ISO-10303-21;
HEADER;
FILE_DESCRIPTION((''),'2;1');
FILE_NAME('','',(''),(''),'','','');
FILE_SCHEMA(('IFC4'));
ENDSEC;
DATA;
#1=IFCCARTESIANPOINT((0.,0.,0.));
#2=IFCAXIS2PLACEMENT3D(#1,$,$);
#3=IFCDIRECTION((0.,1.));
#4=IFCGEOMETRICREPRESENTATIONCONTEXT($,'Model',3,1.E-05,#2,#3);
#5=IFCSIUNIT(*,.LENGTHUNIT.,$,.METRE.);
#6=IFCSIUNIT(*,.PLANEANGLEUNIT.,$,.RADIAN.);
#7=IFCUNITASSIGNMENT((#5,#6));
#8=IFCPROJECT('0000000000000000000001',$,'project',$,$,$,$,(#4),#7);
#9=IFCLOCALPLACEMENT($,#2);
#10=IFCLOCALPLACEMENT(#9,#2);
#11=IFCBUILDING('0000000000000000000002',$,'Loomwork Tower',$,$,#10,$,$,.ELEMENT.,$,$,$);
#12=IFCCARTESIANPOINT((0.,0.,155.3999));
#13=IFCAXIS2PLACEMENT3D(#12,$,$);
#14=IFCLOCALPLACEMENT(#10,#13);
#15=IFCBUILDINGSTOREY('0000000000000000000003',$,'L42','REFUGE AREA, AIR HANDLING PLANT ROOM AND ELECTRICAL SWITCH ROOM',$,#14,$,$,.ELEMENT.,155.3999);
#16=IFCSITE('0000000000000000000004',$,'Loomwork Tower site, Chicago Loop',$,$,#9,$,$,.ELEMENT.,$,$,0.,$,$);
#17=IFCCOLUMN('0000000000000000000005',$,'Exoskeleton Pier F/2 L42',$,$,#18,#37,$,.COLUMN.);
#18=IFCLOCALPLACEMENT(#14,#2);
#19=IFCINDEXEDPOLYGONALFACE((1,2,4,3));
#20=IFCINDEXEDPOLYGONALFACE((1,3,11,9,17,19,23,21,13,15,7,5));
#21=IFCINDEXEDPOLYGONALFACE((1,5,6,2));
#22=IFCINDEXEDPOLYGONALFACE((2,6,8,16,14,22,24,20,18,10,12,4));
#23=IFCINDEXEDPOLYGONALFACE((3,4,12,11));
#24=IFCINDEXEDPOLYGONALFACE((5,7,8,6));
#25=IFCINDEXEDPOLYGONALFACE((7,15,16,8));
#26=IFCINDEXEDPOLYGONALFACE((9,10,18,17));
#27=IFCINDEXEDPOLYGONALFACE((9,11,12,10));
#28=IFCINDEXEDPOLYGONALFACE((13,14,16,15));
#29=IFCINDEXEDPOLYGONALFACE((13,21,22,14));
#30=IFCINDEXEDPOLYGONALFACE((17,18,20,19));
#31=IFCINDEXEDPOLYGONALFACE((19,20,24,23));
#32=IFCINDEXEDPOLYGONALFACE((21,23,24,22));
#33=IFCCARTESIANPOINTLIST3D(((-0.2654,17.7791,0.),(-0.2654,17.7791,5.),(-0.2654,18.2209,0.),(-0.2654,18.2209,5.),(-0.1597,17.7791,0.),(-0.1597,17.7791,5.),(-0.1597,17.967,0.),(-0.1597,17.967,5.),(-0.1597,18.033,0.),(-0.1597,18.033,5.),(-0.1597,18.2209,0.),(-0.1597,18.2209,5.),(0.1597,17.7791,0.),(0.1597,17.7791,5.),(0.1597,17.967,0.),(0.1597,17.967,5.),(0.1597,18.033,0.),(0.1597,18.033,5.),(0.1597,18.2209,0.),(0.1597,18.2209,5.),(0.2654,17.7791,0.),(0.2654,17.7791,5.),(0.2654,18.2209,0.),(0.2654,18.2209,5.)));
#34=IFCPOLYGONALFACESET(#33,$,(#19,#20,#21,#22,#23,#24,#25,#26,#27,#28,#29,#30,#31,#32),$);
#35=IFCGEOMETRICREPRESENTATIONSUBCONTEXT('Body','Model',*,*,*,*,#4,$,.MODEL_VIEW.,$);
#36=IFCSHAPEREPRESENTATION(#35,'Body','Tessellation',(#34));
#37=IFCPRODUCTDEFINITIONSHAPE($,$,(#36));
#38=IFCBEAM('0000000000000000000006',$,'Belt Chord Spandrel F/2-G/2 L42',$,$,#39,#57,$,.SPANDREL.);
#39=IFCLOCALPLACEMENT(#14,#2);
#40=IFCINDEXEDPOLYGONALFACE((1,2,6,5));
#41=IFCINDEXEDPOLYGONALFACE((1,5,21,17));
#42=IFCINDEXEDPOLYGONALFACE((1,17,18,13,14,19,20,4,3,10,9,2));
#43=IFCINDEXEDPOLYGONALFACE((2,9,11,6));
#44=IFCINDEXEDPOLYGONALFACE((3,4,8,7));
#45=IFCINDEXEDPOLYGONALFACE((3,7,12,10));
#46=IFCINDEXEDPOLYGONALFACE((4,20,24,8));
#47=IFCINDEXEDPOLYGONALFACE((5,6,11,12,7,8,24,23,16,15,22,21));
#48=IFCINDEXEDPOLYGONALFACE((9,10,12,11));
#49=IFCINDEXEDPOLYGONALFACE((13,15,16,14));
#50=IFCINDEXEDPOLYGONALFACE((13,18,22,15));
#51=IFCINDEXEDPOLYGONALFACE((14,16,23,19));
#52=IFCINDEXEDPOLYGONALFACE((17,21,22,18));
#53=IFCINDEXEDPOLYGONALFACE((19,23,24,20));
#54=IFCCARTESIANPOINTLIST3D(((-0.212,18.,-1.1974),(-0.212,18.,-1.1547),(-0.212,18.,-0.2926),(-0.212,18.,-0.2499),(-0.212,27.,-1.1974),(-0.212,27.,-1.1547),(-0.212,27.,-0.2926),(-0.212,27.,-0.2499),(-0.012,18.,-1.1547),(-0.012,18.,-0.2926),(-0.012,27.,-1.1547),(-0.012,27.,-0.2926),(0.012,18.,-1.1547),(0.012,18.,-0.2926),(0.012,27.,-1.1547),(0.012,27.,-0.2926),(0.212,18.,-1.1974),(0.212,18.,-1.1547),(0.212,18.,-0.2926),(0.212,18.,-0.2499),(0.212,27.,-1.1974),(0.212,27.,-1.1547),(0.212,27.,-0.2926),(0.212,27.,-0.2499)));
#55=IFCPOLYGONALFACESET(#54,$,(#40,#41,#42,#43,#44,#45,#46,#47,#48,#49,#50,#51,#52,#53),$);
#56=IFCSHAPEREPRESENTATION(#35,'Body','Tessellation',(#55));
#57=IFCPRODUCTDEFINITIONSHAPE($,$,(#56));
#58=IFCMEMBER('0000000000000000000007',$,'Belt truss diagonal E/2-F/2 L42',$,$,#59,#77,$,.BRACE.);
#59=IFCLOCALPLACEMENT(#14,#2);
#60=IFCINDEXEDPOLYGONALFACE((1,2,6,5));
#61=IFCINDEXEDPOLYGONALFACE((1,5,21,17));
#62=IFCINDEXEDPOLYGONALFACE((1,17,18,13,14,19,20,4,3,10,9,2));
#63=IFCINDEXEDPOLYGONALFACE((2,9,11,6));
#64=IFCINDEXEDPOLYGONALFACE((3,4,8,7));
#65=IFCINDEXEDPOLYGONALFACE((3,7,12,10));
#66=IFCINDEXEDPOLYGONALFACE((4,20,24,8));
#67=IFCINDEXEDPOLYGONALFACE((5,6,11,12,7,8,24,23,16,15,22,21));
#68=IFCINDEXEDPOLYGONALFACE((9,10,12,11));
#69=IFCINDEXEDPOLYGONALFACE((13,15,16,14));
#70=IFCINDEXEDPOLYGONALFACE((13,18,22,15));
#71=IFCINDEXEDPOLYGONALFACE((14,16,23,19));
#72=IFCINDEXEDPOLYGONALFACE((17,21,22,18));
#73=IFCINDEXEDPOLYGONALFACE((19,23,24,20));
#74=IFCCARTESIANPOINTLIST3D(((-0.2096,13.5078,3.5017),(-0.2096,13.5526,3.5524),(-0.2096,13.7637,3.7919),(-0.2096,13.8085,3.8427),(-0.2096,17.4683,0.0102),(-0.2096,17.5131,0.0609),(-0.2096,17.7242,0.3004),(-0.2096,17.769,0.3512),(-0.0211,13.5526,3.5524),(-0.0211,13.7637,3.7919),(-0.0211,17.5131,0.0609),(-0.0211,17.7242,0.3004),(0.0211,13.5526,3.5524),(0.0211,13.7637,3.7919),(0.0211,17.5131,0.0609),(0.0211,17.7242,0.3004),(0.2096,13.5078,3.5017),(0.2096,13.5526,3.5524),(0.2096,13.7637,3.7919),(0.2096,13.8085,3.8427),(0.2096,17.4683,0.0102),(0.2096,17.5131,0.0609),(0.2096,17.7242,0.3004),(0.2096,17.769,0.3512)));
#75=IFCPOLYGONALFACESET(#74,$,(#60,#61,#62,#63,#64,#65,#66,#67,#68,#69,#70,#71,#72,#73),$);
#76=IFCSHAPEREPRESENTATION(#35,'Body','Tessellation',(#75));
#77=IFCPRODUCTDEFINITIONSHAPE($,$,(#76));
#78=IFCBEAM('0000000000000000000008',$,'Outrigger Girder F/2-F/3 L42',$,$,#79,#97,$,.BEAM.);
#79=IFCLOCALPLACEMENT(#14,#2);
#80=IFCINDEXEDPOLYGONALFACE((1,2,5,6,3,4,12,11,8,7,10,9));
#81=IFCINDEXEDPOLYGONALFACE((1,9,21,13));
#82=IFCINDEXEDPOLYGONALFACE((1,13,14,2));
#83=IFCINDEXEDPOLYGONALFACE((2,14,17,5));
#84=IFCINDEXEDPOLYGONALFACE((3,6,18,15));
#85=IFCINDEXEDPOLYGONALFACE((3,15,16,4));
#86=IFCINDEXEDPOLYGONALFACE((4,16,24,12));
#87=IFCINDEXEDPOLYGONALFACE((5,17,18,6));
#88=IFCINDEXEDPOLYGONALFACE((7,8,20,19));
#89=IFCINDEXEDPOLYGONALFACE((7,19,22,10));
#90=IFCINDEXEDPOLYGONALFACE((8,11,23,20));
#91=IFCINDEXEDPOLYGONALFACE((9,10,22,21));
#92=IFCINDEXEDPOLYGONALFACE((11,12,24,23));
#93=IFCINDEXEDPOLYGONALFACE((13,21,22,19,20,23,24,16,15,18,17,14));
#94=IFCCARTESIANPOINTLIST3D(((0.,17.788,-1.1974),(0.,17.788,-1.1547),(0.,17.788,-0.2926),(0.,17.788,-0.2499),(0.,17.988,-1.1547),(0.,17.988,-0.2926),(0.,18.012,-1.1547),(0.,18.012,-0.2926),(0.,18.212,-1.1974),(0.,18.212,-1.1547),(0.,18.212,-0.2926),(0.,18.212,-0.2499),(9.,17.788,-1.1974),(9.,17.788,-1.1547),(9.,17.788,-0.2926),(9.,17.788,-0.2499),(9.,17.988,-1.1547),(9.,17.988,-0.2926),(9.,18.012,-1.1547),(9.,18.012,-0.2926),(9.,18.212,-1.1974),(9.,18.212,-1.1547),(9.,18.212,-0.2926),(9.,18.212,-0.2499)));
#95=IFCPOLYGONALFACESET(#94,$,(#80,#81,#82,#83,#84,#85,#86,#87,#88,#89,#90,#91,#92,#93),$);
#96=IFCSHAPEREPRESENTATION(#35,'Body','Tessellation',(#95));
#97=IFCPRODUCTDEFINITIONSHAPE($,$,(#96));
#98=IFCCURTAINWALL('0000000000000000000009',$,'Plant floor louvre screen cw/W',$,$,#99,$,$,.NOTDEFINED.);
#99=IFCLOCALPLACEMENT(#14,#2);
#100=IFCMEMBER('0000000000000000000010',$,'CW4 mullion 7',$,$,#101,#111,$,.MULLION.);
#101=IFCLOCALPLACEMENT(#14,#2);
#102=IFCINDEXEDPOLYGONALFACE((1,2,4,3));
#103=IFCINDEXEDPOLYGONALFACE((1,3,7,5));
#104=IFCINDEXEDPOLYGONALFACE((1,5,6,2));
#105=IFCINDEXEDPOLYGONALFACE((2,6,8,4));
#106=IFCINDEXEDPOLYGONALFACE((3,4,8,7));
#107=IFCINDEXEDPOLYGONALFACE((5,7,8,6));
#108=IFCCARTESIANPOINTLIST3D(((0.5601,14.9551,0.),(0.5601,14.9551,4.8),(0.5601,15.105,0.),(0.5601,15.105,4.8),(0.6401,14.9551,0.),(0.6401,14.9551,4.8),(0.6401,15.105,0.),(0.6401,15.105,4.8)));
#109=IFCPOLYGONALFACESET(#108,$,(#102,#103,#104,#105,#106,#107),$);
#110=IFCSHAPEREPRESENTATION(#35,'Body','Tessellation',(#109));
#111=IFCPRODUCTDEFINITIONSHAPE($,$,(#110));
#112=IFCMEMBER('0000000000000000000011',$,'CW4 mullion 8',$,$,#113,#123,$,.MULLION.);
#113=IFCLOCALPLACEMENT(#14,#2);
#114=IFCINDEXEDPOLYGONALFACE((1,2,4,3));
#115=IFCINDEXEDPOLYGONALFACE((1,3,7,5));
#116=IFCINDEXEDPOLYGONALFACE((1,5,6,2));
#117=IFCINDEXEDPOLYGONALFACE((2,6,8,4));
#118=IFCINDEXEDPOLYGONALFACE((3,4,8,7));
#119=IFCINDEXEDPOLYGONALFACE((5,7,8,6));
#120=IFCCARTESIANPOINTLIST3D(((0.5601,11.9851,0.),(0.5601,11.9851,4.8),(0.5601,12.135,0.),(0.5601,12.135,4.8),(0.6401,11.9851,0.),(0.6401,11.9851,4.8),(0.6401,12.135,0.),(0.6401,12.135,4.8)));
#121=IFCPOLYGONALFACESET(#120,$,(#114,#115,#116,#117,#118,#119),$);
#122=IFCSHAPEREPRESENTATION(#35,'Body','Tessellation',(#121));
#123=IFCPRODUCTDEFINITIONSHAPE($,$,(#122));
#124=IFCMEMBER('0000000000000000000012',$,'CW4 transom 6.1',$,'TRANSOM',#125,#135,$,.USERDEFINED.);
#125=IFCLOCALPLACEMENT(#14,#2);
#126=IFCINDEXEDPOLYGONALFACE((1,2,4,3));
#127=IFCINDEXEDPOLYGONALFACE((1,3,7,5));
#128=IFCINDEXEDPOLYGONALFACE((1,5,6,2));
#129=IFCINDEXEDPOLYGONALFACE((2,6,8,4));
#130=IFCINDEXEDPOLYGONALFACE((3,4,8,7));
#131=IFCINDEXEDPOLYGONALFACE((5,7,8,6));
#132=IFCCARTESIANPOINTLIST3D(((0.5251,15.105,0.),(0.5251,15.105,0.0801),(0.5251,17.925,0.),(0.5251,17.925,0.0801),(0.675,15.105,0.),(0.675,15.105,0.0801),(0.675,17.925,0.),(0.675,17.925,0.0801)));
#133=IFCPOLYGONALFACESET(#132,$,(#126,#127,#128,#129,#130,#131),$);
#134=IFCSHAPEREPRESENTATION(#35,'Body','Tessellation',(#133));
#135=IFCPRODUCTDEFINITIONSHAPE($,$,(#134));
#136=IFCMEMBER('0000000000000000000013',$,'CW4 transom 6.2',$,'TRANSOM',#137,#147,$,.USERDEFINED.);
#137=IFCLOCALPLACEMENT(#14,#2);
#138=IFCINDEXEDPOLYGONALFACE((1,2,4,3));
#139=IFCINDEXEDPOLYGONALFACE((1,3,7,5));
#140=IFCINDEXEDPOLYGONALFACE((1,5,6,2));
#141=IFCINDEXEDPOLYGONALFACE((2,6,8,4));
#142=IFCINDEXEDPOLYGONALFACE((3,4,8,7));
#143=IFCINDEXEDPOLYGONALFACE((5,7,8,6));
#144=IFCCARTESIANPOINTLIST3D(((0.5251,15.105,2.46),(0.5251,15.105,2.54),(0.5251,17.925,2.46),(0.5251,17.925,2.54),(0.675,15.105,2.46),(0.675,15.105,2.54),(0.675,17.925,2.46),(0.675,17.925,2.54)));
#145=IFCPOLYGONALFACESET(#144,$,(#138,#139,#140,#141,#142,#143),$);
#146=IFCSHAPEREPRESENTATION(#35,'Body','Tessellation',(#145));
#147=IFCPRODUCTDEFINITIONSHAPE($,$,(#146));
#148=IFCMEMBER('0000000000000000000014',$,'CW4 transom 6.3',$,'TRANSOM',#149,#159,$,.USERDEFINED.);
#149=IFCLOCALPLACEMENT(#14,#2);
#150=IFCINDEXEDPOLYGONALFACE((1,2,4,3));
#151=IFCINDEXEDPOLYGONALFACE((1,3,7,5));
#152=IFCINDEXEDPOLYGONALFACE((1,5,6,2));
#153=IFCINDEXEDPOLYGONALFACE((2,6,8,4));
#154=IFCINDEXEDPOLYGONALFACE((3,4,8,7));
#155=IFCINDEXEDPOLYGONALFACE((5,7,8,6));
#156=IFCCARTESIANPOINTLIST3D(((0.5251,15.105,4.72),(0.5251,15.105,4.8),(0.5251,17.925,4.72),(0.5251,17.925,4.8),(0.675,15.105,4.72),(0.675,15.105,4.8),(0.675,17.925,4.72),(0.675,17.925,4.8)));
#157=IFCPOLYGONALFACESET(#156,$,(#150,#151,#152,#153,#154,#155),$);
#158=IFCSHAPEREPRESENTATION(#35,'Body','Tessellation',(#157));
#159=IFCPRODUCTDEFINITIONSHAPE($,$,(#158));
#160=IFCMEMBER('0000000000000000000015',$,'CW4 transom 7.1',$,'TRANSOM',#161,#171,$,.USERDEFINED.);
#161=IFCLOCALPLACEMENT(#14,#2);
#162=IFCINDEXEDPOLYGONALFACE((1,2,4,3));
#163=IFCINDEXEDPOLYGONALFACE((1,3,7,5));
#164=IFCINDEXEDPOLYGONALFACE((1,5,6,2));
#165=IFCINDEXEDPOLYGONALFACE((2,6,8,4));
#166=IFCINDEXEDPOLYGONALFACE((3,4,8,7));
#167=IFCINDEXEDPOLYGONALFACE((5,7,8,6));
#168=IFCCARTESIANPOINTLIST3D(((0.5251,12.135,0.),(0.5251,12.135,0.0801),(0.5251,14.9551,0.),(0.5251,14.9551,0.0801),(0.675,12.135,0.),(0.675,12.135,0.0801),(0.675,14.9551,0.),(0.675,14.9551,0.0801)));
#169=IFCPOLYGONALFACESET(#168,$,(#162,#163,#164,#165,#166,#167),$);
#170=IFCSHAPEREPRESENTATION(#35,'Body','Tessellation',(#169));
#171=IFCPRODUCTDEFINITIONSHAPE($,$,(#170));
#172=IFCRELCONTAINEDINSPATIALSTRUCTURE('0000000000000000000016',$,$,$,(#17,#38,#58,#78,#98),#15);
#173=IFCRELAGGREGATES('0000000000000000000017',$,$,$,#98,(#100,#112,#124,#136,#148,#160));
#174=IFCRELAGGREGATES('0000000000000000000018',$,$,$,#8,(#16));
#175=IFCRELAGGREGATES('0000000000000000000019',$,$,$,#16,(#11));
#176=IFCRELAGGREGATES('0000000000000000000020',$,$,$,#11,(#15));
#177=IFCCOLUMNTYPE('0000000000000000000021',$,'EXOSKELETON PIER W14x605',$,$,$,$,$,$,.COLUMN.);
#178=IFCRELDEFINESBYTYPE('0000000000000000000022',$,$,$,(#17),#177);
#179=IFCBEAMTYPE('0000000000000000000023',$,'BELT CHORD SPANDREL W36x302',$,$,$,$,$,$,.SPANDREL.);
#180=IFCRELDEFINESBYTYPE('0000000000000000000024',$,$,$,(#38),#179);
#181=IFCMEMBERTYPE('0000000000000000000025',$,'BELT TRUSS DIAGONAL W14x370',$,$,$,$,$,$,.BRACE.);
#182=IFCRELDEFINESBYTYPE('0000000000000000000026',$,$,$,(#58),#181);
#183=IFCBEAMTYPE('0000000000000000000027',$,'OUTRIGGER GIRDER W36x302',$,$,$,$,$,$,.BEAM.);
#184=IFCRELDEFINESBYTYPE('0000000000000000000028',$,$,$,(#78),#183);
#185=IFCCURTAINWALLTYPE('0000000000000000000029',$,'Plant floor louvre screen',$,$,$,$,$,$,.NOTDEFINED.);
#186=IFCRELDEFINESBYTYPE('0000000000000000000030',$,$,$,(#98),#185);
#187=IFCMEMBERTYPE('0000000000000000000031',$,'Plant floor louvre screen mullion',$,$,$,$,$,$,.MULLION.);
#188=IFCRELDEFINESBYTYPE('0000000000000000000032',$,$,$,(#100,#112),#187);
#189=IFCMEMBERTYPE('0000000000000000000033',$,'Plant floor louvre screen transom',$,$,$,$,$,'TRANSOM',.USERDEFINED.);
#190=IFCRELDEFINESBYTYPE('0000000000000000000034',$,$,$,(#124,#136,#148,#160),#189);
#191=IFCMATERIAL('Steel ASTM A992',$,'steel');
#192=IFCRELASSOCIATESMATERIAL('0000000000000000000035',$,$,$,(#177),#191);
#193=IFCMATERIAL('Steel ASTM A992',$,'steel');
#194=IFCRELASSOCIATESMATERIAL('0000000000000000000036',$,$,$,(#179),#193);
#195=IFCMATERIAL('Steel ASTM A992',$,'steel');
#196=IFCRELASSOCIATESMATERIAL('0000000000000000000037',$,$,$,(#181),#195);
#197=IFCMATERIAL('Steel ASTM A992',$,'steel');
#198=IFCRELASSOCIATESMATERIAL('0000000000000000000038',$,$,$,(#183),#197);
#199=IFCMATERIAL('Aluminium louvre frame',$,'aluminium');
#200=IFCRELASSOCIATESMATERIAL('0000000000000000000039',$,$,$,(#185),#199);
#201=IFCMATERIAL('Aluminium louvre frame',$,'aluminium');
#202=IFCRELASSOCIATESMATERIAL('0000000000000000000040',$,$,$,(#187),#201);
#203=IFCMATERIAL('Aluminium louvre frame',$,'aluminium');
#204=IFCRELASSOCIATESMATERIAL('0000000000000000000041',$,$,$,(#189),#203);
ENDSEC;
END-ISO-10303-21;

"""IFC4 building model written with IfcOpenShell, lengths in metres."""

from ifc_helpers import new_model, si_unit, direction, frame, origin, origin_2d, place, context, subcontext, project, spatial, rectangle, i_section, extrude, material, material_profile, profile_set, type_object, element, aggregate, save


model = new_model("IFC4")

# Units and contexts
model_context = context("Model", 3, precision=1e-05, world=origin(), true_north=direction((0.0, 1.0)))
body_context = subcontext(model_context, "Body", "Model", "MODEL_VIEW")
ifc_project = project(units=[si_unit("LENGTHUNIT", "METRE"), si_unit("PLANEANGLEUNIT", "RADIAN")], contexts=[model_context])

# Site, building, storey
site_placement = place(None, origin())
site = spatial("IfcSite", under=ifc_project, at=site_placement, Name="Loomwork Tower site, Chicago Loop", CompositionType="ELEMENT", RefElevation=0.0)
building_placement = place(site_placement, origin())
building = spatial("IfcBuilding", under=site, at=building_placement, Name="Loomwork Tower", CompositionType="ELEMENT")
storey_placement = place(building_placement, frame((0.0, 0.0, 155.3999)))
storey = spatial("IfcBuildingStorey", under=building, at=storey_placement, Name="L42", Description="REFUGE AREA, AIR HANDLING PLANT ROOM AND ELECTRICAL SWITCH ROOM", CompositionType="ELEMENT", Elevation=155.3999)

# Column
ifc_material_1 = material(Name="Steel ASTM A992", Category="steel")
ifc_material_profile_1 = material_profile(ifc_material_1, i_section(OverallWidth=0.4419, OverallDepth=0.5308, WebThickness=0.0659, FlangeThickness=0.1057, at=origin_2d()), Name="W14x605")
ifc_profile_set_1 = profile_set([ifc_material_profile_1], Name="Steel ASTM A992")
column_type = type_object("IfcColumnType", Name="EXOSKELETON PIER W14x605", PredefinedType="COLUMN", material=ifc_profile_set_1)
column_placement = place(storey_placement, frame((0.0, 18.0, 0.0), z_axis=(0.0, 0.0, 1.0), x_axis=(0.0, 1.0, 0.0)))
element("IfcColumn", 1, at=column_placement, inside=storey, type_object=column_type, Name="Exoskeleton Pier F/2 L42", PredefinedType="COLUMN", context=body_context, shape_type="SweptSolid", body=[
    extrude(i_section(OverallWidth=0.4419, OverallDepth=0.5308, WebThickness=0.0659, FlangeThickness=0.1057, at=origin_2d()), origin(), (0.0, 0.0, 1.0), 5.0),
])

# Beam
ifc_material_2 = material(Name="Steel ASTM A992", Category="steel")
ifc_material_profile_2 = material_profile(ifc_material_2, i_section(OverallWidth=0.4241, OverallDepth=0.9475, WebThickness=0.0239, FlangeThickness=0.0427, at=origin_2d()), Name="W36x302")
ifc_profile_set_2 = profile_set([ifc_material_profile_2], Name="Steel ASTM A992")
beam_type_1 = type_object("IfcBeamType", Name="BELT CHORD SPANDREL W36x302", PredefinedType="SPANDREL", material=ifc_profile_set_2)
beam_1_placement = place(storey_placement, frame((0.0, 18.0, -0.7236), z_axis=(0.0, 1.0, 0.0), x_axis=(-1.0, 0.0, 0.0)))
element("IfcBeam", 2, at=beam_1_placement, inside=storey, type_object=beam_type_1, Name="Belt Chord Spandrel F/2-G/2 L42", PredefinedType="SPANDREL", context=body_context, shape_type="SweptSolid", body=[
    extrude(i_section(OverallWidth=0.4241, OverallDepth=0.9475, WebThickness=0.0239, FlangeThickness=0.0427, at=origin_2d()), origin(), (0.0, 0.0, 1.0), 9.0),
])

# Member
ifc_material_3 = material(Name="Steel ASTM A992", Category="steel")
ifc_material_profile_3 = material_profile(ifc_material_3, i_section(OverallWidth=0.4192, OverallDepth=0.4546, WebThickness=0.0422, FlangeThickness=0.0676, at=origin_2d()), Name="W14x370")
ifc_profile_set_3 = profile_set([ifc_material_profile_3], Name="Steel ASTM A992")
member_type_1 = type_object("IfcMemberType", Name="BELT TRUSS DIAGONAL W14x370", PredefinedType="BRACE", material=ifc_profile_set_3)
member_1_placement = place(storey_placement, frame((0.0, 17.6187, 0.1807), z_axis=(0.0, -0.750125, 0.661296), x_axis=(1.0, 0.0, 0.0)))
element("IfcMember", 3, at=member_1_placement, inside=storey, type_object=member_type_1, Name="Belt truss diagonal E/2-F/2 L42", PredefinedType="BRACE", context=body_context, shape_type="SweptSolid", body=[
    extrude(i_section(OverallWidth=0.4192, OverallDepth=0.4546, WebThickness=0.0422, FlangeThickness=0.0676, at=origin_2d()), origin(), (0.0, 0.0, 1.0), 5.2798),
])

# Beam
ifc_material_4 = material(Name="Steel ASTM A992", Category="steel")
ifc_material_profile_4 = material_profile(ifc_material_4, i_section(OverallWidth=0.4241, OverallDepth=0.9475, WebThickness=0.0239, FlangeThickness=0.0427, at=origin_2d()), Name="W36x302")
ifc_profile_set_4 = profile_set([ifc_material_profile_4], Name="Steel ASTM A992")
beam_type_2 = type_object("IfcBeamType", Name="OUTRIGGER GIRDER W36x302", PredefinedType="BEAM", material=ifc_profile_set_4)
beam_2_placement = place(storey_placement, frame((0.0, 18.0, -0.7236), z_axis=(1.0, 0.0, 0.0), x_axis=(0.0, 1.0, 0.0)))
element("IfcBeam", 4, at=beam_2_placement, inside=storey, type_object=beam_type_2, Name="Outrigger Girder F/2-F/3 L42", PredefinedType="BEAM", context=body_context, shape_type="SweptSolid", body=[
    extrude(i_section(OverallWidth=0.4241, OverallDepth=0.9475, WebThickness=0.0239, FlangeThickness=0.0427, at=origin_2d()), origin(), (0.0, 0.0, 1.0), 9.0),
])

# Curtain wall, members
ifc_material_5 = material(Name="Aluminium louvre frame", Category="aluminium")
curtain_wall_type = type_object("IfcCurtainWallType", Name="Plant floor louvre screen", PredefinedType="NOTDEFINED", material=ifc_material_5)
curtain_wall_placement = place(storey_placement, origin())
curtain_wall = element("IfcCurtainWall", 5, at=curtain_wall_placement, inside=storey, type_object=curtain_wall_type, Name="Plant floor louvre screen cw/W", PredefinedType="NOTDEFINED")
ifc_material_6 = material(Name="Aluminium louvre frame", Category="aluminium")
ifc_material_profile_5 = material_profile(ifc_material_6, rectangle(XDim=0.0801, YDim=0.1499, at=origin_2d()), Name="AL 80x150")
ifc_profile_set_5 = profile_set([ifc_material_profile_5], Name="Aluminium louvre frame")
member_type_2 = type_object("IfcMemberType", Name="Plant floor louvre screen mullion", PredefinedType="MULLION", material=ifc_profile_set_5)
member_2_placement = place(storey_placement, frame((0.6001, 15.03, 0.0), z_axis=(0.0, 0.0, 1.0), x_axis=(1.0, 0.0, 0.0)))
member_2 = element("IfcMember", 6, at=member_2_placement, type_object=member_type_2, Name="CW4 mullion 7", PredefinedType="MULLION", context=body_context, shape_type="SweptSolid", body=[
    extrude(rectangle(XDim=0.0801, YDim=0.1499, at=origin_2d()), origin(), (0.0, 0.0, 1.0), 4.8),
])
member_3_placement = place(storey_placement, frame((0.6001, 12.0601, 0.0), z_axis=(0.0, 0.0, 1.0), x_axis=(1.0, 0.0, 0.0)))
member_3 = element("IfcMember", 7, at=member_3_placement, type_object=member_type_2, Name="CW4 mullion 8", PredefinedType="MULLION", context=body_context, shape_type="SweptSolid", body=[
    extrude(rectangle(XDim=0.0801, YDim=0.1499, at=origin_2d()), origin(), (0.0, 0.0, 1.0), 4.8),
])
ifc_material_7 = material(Name="Aluminium louvre frame", Category="aluminium")
ifc_material_profile_6 = material_profile(ifc_material_7, rectangle(XDim=0.1499, YDim=0.0801, at=origin_2d()), Name="AL 80x150")
ifc_profile_set_6 = profile_set([ifc_material_profile_6], Name="Aluminium louvre frame")
member_type_3 = type_object("IfcMemberType", Name="Plant floor louvre screen transom", ElementType="TRANSOM", PredefinedType="USERDEFINED", material=ifc_profile_set_6)
member_4_placement = place(storey_placement, frame((0.6001, 17.925, 0.04), z_axis=(0.0, -1.0, 0.0), x_axis=(1.0, 0.0, 0.0)))
member_4 = element("IfcMember", 8, at=member_4_placement, type_object=member_type_3, Name="CW4 transom 6.1", ObjectType="TRANSOM", PredefinedType="USERDEFINED", context=body_context, shape_type="SweptSolid", body=[
    extrude(rectangle(XDim=0.1499, YDim=0.0801, at=origin_2d()), origin(), (0.0, 0.0, 1.0), 2.8201),
])
member_5_placement = place(storey_placement, frame((0.6001, 17.925, 2.5), z_axis=(0.0, -1.0, 0.0), x_axis=(1.0, 0.0, 0.0)))
member_5 = element("IfcMember", 9, at=member_5_placement, type_object=member_type_3, Name="CW4 transom 6.2", ObjectType="TRANSOM", PredefinedType="USERDEFINED", context=body_context, shape_type="SweptSolid", body=[
    extrude(rectangle(XDim=0.1499, YDim=0.0801, at=origin_2d()), origin(), (0.0, 0.0, 1.0), 2.8201),
])
member_6_placement = place(storey_placement, frame((0.6001, 17.925, 4.76), z_axis=(0.0, -1.0, 0.0), x_axis=(1.0, 0.0, 0.0)))
member_6 = element("IfcMember", 10, at=member_6_placement, type_object=member_type_3, Name="CW4 transom 6.3", ObjectType="TRANSOM", PredefinedType="USERDEFINED", context=body_context, shape_type="SweptSolid", body=[
    extrude(rectangle(XDim=0.1499, YDim=0.0801, at=origin_2d()), origin(), (0.0, 0.0, 1.0), 2.8201),
])
member_7_placement = place(storey_placement, frame((0.6001, 14.9551, 0.04), z_axis=(0.0, -1.0, 0.0), x_axis=(1.0, 0.0, 0.0)))
member_7 = element("IfcMember", 11, at=member_7_placement, type_object=member_type_3, Name="CW4 transom 7.1", ObjectType="TRANSOM", PredefinedType="USERDEFINED", context=body_context, shape_type="SweptSolid", body=[
    extrude(rectangle(XDim=0.1499, YDim=0.0801, at=origin_2d()), origin(), (0.0, 0.0, 1.0), 2.8201),
])

aggregate(curtain_wall, [member_2, member_3, member_4, member_5, member_6, member_7])

save(model, "model.ifc")
